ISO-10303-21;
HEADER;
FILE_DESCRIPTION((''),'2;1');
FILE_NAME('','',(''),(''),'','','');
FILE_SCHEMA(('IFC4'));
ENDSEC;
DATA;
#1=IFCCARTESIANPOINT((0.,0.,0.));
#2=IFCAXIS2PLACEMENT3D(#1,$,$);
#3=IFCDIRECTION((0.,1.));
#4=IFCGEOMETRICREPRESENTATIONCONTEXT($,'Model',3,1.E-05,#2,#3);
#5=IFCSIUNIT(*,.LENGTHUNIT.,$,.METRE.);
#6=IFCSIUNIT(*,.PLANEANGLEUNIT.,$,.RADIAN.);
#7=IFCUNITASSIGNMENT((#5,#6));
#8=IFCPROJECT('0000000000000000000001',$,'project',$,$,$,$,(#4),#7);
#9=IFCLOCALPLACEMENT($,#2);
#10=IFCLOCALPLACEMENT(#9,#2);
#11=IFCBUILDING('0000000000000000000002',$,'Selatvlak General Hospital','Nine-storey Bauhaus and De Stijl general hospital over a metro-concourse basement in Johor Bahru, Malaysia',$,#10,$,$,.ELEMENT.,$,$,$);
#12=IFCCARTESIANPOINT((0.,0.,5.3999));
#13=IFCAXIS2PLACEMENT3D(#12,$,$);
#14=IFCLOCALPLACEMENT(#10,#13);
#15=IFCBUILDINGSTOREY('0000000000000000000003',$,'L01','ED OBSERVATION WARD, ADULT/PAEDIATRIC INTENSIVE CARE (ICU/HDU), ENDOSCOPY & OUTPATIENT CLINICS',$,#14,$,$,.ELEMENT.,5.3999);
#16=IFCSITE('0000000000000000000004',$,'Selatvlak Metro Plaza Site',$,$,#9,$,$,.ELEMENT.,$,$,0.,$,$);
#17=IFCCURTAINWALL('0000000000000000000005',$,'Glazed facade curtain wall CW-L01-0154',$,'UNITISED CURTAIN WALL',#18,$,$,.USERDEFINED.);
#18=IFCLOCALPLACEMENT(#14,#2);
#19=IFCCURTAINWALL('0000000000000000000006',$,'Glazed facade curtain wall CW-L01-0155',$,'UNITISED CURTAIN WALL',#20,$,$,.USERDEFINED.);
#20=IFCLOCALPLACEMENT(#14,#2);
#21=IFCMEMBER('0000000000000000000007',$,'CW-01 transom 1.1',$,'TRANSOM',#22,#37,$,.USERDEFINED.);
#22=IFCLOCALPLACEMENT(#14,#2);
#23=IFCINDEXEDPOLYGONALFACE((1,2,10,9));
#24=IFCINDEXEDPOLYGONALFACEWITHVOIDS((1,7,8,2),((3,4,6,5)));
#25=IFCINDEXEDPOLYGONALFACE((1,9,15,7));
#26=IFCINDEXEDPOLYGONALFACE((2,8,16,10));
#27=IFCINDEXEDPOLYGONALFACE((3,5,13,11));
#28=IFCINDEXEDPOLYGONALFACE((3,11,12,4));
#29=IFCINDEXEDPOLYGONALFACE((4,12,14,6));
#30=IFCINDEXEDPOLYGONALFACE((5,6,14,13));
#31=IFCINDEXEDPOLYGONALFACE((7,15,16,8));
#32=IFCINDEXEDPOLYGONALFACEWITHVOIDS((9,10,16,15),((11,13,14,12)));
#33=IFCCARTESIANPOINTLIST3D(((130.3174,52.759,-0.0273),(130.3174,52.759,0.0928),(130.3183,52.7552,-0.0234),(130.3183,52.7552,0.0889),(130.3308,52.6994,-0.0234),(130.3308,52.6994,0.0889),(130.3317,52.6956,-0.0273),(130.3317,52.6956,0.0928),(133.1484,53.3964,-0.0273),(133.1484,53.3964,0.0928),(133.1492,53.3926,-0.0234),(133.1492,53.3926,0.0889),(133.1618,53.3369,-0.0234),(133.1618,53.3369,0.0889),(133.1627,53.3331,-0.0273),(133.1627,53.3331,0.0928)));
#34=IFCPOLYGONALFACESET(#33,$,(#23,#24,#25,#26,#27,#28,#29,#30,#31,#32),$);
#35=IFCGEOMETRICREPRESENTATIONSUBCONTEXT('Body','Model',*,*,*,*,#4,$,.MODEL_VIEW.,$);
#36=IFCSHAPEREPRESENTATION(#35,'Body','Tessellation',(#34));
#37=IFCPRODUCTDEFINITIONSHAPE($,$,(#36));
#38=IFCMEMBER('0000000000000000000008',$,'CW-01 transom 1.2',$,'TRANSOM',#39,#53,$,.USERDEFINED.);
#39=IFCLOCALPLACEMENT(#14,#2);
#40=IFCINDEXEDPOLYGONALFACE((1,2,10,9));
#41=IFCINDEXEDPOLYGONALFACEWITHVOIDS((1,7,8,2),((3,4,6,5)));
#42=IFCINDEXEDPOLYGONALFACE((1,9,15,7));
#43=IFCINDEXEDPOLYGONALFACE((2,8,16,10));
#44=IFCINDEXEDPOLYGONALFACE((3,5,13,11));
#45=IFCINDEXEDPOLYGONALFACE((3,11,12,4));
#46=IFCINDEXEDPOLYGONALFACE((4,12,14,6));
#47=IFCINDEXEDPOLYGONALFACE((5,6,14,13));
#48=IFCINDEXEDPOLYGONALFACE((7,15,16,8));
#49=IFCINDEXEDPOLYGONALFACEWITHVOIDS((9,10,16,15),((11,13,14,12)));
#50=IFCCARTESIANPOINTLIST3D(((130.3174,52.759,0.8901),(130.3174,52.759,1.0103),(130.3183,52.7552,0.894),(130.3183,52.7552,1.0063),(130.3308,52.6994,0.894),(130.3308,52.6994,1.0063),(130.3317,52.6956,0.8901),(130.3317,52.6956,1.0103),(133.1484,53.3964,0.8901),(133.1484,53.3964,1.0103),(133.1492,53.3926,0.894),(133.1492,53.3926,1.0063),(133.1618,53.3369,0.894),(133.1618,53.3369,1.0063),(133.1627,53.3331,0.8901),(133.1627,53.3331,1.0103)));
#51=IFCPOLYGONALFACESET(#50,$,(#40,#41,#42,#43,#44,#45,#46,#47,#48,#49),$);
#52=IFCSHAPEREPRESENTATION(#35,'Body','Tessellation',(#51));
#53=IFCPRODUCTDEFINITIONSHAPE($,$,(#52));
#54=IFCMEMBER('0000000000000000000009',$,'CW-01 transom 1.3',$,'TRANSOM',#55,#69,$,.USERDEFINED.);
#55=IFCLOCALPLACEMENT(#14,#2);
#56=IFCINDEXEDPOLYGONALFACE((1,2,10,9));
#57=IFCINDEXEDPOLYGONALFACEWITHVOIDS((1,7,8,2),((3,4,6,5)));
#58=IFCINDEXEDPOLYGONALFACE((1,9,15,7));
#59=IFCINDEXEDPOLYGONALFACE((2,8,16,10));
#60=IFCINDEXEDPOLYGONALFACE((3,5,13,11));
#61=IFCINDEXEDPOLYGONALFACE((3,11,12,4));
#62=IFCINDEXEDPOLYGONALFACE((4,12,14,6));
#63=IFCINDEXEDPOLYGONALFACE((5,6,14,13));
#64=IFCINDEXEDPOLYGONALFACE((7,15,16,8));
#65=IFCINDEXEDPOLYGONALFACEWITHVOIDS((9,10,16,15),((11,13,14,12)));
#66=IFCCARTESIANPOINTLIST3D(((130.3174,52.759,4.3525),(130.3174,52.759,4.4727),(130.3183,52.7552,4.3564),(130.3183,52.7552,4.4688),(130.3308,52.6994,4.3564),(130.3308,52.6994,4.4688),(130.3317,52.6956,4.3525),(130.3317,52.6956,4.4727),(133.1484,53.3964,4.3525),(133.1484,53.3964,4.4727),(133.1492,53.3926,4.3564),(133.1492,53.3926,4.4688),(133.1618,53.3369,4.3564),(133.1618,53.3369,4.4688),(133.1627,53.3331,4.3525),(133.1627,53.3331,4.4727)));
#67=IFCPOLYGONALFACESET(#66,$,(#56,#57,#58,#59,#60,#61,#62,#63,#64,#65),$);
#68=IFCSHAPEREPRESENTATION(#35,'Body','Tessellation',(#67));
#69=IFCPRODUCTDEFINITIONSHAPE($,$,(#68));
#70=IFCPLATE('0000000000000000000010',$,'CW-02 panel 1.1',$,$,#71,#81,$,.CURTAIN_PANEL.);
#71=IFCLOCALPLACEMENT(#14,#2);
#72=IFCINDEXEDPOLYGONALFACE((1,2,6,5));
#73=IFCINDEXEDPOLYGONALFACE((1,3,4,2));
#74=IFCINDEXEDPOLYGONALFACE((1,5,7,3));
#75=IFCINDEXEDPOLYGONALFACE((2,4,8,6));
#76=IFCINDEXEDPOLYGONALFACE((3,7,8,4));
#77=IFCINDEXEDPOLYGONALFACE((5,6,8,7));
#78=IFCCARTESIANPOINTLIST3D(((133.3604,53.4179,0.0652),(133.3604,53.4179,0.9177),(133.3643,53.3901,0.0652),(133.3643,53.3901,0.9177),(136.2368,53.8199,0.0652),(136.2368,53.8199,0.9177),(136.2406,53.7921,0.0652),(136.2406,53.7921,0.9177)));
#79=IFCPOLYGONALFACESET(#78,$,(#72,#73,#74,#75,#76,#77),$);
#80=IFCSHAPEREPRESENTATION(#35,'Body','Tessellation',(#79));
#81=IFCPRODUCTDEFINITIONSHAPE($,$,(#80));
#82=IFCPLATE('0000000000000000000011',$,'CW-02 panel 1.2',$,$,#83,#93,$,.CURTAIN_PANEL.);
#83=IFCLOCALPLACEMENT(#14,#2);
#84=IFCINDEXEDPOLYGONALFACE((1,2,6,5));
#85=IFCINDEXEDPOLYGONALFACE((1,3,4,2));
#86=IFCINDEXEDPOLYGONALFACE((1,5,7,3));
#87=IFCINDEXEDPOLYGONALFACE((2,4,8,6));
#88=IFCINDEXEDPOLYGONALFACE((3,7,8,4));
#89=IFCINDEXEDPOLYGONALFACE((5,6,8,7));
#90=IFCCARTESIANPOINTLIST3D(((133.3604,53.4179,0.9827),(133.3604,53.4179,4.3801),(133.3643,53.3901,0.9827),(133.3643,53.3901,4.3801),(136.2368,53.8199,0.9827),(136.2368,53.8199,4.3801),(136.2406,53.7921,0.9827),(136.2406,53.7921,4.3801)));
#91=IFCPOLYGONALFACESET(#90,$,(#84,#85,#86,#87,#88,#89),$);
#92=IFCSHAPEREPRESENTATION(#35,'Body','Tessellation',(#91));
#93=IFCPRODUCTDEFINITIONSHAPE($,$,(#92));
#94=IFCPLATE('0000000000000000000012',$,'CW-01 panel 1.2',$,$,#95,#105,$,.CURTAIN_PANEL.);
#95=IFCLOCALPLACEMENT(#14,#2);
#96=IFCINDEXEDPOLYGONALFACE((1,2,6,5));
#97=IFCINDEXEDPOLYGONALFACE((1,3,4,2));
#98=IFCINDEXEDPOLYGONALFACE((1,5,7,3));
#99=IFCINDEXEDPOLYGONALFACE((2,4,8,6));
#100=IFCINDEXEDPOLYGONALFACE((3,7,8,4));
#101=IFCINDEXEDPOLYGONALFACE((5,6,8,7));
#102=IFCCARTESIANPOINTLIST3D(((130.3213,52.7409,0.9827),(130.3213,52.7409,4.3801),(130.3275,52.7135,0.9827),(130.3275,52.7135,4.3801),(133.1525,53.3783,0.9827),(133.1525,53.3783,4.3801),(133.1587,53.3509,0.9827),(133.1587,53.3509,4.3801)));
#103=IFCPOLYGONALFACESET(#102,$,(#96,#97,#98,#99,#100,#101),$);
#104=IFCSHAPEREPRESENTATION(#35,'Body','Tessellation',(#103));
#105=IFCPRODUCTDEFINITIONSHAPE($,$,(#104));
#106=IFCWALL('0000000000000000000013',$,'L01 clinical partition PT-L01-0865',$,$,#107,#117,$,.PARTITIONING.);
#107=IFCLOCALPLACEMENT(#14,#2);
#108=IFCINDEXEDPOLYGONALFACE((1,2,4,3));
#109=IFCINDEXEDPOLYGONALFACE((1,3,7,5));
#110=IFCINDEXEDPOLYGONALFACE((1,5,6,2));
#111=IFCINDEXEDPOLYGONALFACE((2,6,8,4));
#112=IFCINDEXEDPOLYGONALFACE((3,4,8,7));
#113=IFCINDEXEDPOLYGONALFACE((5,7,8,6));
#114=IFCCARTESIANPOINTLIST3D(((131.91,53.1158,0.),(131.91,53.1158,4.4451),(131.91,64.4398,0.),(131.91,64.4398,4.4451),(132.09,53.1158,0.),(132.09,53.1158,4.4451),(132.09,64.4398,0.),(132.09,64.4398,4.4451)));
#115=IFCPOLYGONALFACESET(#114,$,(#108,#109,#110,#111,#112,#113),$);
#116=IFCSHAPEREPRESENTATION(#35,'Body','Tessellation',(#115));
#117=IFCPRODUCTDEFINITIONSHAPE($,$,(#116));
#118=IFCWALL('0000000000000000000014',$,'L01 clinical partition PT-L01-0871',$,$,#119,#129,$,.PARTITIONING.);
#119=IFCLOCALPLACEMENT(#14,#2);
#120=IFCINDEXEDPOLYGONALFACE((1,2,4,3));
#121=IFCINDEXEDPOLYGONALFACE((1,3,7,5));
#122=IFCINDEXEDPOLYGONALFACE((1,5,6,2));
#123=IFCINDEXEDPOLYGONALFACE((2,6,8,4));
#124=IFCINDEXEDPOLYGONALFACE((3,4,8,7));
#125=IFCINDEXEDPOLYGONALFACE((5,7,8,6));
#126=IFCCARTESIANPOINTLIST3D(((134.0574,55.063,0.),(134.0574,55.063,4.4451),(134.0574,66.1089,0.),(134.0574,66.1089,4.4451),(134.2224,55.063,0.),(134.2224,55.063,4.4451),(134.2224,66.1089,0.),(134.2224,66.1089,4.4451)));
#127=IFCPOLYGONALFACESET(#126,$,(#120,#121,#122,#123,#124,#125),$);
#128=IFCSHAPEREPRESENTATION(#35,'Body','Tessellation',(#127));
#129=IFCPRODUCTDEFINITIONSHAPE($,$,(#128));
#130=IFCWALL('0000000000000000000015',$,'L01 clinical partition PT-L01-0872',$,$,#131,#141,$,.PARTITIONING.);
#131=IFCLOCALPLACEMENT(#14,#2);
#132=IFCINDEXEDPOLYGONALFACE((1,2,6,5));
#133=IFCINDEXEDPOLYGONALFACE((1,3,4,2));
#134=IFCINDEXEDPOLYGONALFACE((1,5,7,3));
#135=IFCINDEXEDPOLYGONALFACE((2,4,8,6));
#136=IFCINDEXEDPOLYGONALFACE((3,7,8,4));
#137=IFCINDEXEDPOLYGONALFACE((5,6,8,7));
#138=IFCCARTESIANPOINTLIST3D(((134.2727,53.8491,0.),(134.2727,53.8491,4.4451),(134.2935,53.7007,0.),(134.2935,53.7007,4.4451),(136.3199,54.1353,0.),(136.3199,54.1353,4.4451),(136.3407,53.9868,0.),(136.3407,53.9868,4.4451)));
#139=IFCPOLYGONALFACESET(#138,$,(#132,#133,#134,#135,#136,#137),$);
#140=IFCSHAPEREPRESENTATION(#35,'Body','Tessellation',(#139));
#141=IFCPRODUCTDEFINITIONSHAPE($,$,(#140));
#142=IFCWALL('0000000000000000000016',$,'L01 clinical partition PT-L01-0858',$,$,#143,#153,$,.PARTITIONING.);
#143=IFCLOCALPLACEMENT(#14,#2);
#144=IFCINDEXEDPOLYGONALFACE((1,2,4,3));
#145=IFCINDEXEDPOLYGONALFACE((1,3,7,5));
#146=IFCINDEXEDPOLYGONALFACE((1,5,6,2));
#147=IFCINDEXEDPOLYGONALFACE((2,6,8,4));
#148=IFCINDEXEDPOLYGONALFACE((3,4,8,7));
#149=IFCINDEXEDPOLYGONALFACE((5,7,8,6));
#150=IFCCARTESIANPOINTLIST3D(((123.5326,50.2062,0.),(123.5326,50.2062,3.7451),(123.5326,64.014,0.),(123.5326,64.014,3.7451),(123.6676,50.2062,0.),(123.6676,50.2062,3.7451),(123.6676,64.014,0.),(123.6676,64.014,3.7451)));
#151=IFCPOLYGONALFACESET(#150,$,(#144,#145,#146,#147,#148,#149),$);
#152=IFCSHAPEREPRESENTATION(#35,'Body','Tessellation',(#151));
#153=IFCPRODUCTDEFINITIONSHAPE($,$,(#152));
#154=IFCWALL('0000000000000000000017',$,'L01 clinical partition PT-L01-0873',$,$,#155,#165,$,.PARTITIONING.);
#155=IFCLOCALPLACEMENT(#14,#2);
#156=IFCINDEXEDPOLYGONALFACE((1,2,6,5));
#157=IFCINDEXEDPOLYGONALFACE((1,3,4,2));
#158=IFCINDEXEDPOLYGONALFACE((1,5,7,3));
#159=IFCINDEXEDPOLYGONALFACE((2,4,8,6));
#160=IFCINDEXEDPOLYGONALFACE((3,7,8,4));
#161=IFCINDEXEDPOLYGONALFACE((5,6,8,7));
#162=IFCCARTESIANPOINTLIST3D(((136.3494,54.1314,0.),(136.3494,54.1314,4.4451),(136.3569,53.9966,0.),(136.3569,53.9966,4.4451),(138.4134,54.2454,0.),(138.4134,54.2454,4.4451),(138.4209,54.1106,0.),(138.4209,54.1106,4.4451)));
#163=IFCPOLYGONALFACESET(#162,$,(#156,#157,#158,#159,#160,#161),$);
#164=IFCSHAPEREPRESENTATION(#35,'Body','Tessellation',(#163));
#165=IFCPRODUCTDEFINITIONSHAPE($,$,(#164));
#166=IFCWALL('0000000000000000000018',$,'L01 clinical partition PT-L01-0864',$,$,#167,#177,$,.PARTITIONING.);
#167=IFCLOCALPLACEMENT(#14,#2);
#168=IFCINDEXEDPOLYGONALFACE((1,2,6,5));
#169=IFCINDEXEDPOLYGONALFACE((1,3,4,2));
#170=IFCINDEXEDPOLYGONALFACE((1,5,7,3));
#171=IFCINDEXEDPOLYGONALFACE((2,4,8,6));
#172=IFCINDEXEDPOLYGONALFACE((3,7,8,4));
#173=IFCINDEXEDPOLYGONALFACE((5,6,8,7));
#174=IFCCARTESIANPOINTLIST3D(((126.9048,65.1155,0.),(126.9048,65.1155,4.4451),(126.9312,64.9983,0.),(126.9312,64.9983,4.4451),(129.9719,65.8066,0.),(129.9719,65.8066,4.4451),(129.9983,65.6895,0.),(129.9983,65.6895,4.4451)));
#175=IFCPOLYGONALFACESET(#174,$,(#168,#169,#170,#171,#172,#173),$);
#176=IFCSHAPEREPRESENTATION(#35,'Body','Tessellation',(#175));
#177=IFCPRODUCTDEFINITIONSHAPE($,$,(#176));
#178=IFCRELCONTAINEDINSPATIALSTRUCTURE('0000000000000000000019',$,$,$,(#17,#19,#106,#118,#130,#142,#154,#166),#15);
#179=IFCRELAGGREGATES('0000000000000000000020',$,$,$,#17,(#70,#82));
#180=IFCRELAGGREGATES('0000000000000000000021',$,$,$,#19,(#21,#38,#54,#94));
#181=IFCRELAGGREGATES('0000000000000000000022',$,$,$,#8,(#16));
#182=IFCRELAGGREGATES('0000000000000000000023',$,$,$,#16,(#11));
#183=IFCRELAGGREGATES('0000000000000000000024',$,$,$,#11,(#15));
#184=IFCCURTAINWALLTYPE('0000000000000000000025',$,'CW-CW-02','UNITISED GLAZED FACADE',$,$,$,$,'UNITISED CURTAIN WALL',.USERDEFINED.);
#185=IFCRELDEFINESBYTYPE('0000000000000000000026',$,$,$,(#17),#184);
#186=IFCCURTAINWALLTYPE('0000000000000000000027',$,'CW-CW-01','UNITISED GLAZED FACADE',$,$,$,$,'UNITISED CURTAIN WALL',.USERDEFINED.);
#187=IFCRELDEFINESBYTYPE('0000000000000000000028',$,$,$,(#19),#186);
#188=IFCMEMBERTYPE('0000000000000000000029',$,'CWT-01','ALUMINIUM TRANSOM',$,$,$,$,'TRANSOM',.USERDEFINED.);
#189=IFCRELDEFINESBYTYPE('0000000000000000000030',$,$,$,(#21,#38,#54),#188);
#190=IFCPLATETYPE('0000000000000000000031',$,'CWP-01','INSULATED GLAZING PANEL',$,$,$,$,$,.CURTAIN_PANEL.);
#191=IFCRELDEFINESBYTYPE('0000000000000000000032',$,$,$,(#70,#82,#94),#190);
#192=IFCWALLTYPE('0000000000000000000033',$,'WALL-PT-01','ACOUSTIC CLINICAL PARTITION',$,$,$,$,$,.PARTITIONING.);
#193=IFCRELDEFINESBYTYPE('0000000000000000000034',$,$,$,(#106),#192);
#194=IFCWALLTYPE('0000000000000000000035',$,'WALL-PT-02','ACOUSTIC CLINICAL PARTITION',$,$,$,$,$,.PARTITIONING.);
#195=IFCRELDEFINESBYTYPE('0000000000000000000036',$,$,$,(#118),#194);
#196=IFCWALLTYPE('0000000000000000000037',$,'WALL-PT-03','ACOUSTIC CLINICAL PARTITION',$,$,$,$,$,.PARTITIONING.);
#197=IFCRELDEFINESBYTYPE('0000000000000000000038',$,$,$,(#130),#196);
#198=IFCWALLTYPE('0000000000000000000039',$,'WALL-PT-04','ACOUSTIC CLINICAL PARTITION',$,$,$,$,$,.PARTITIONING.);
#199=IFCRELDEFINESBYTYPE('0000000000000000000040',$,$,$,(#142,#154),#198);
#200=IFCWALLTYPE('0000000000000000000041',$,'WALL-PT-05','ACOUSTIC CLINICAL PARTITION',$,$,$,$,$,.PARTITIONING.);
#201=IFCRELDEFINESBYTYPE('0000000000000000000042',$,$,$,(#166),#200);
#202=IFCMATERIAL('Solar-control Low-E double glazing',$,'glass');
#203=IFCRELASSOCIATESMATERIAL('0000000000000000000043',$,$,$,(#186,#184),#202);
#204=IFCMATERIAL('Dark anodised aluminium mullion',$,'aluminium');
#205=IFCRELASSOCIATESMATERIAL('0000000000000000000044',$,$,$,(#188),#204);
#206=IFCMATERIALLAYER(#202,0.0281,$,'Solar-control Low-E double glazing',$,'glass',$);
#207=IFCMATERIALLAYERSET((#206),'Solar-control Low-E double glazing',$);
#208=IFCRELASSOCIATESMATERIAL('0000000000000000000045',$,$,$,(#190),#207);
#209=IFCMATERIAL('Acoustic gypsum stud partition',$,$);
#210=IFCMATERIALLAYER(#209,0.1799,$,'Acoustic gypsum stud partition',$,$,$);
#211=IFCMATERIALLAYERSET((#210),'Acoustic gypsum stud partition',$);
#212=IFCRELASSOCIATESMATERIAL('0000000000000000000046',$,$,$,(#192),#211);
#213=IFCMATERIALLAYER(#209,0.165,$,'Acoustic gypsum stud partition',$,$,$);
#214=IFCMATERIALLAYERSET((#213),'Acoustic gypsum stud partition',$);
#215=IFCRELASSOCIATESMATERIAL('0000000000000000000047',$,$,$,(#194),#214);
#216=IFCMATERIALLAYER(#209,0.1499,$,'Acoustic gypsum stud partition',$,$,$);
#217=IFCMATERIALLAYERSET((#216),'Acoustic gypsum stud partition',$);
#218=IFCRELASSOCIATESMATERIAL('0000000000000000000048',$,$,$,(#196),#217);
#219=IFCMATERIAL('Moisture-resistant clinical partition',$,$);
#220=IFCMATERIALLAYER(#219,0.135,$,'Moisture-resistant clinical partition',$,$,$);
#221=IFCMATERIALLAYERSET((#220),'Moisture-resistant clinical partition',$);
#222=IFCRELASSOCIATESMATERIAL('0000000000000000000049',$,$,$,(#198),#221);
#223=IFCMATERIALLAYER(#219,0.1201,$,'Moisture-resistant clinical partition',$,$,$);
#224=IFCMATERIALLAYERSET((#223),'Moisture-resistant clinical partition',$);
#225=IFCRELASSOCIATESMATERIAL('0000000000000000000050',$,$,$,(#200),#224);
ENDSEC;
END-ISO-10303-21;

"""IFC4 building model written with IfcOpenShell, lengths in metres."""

from ifc_helpers import new_model, si_unit, direction, frame, frame_2d, origin, origin_2d, place, context, subcontext, project, spatial, rectangle, hollow_rectangle, extrude, material, layer, layer_set, material_profile, profile_set, type_object, element, aggregate, save


model = new_model("IFC4")

# Units and contexts
model_context = context("Model", 3, precision=1e-05, world=origin(), true_north=direction((0.0, 1.0)))
body_context = subcontext(model_context, "Body", "Model", "MODEL_VIEW")
ifc_project = project(units=[si_unit("LENGTHUNIT", "METRE"), si_unit("PLANEANGLEUNIT", "RADIAN")], contexts=[model_context])

# Site, building, storey
site_placement = place(None, origin())
site = spatial("IfcSite", under=ifc_project, at=site_placement, Name="Selatvlak Metro Plaza Site", CompositionType="ELEMENT", RefElevation=0.0)
building_placement = place(site_placement, origin())
building = spatial("IfcBuilding", under=site, at=building_placement, Name="Selatvlak General Hospital", Description="Nine-storey Bauhaus and De Stijl general hospital over a metro-concourse basement in Johor Bahru, Malaysia", CompositionType="ELEMENT")
storey_placement = place(building_placement, frame((0.0, 0.0, 5.3999)))
storey = spatial("IfcBuildingStorey", under=building, at=storey_placement, Name="L01", Description="ED OBSERVATION WARD, ADULT/PAEDIATRIC INTENSIVE CARE (ICU/HDU), ENDOSCOPY & OUTPATIENT CLINICS", CompositionType="ELEMENT", Elevation=5.3999)

# Shared definitions
ifc_material_1 = material(Name="Solar-control Low-E double glazing", Category="glass")
curtain_wall_type_1 = type_object("IfcCurtainWallType", Name="CW-CW-01", Description="UNITISED GLAZED FACADE", ElementType="UNITISED CURTAIN WALL", PredefinedType="USERDEFINED", material=ifc_material_1)
ifc_material_2 = material(Name="Dark anodised aluminium mullion", Category="aluminium")

# Curtain wall
curtain_wall_type_2 = type_object("IfcCurtainWallType", Name="CW-CW-02", Description="UNITISED GLAZED FACADE", ElementType="UNITISED CURTAIN WALL", PredefinedType="USERDEFINED", material=ifc_material_1)
curtain_wall_1_placement = place(storey_placement, origin())
curtain_wall_1 = element("IfcCurtainWall", 1, at=curtain_wall_1_placement, inside=storey, type_object=curtain_wall_type_2, Name="Glazed facade curtain wall CW-L01-0154", ObjectType="UNITISED CURTAIN WALL", PredefinedType="USERDEFINED")

# Curtain wall
curtain_wall_2_placement = place(storey_placement, origin())
curtain_wall_2 = element("IfcCurtainWall", 2, at=curtain_wall_2_placement, inside=storey, type_object=curtain_wall_type_1, Name="Glazed facade curtain wall CW-L01-0155", ObjectType="UNITISED CURTAIN WALL", PredefinedType="USERDEFINED")

# Members
ifc_material_profile_1 = material_profile(ifc_material_2, hollow_rectangle(XDim=0.0649, YDim=0.1201, WallThickness=0.0039, at=origin_2d()), Name="AL-TRN 65x120x4")
ifc_profile_set_1 = profile_set([ifc_material_profile_1], Name="Dark anodised aluminium mullion")
member_type_1 = type_object("IfcMemberType", Name="CWT-01", Description="ALUMINIUM TRANSOM", ElementType="TRANSOM", PredefinedType="USERDEFINED", material=ifc_profile_set_1)
member_1_placement = place(storey_placement, frame((133.1555, 53.3647, 0.0327), z_axis=(-0.975576, -0.219664, 0.0), x_axis=(0.219664, -0.975576, 0.0)))
member_1 = element("IfcMember", 3, at=member_1_placement, type_object=member_type_1, Name="CW-01 transom 1.1", ObjectType="TRANSOM", PredefinedType="USERDEFINED", context=body_context, shape_type="SweptSolid", body=[
    extrude(hollow_rectangle(XDim=0.0649, YDim=0.1201, WallThickness=0.0039, at=origin_2d()), origin(), (0.0, 0.0, 1.0), 2.9019),
])
member_2_placement = place(storey_placement, frame((133.1555, 53.3647, 0.9502), z_axis=(-0.975576, -0.219664, 0.0), x_axis=(0.219664, -0.975576, 0.0)))
member_2 = element("IfcMember", 4, at=member_2_placement, type_object=member_type_1, Name="CW-01 transom 1.2", ObjectType="TRANSOM", PredefinedType="USERDEFINED", context=body_context, shape_type="SweptSolid", body=[
    extrude(hollow_rectangle(XDim=0.0649, YDim=0.1201, WallThickness=0.0039, at=origin_2d()), origin(), (0.0, 0.0, 1.0), 2.9019),
])
member_3_placement = place(storey_placement, frame((133.1555, 53.3647, 4.4126), z_axis=(-0.975576, -0.219664, 0.0), x_axis=(0.219664, -0.975576, 0.0)))
member_3 = element("IfcMember", 5, at=member_3_placement, type_object=member_type_1, Name="CW-01 transom 1.3", ObjectType="TRANSOM", PredefinedType="USERDEFINED", context=body_context, shape_type="SweptSolid", body=[
    extrude(hollow_rectangle(XDim=0.0649, YDim=0.1201, WallThickness=0.0039, at=origin_2d()), origin(), (0.0, 0.0, 1.0), 2.9019),
])

# Plates
ifc_layer_1 = layer(ifc_material_1, 0.0281, Name="Solar-control Low-E double glazing", Category="glass")
ifc_layer_set_1 = layer_set([ifc_layer_1], Name="Solar-control Low-E double glazing")
plate_type = type_object("IfcPlateType", Name="CWP-01", Description="INSULATED GLAZING PANEL", PredefinedType="CURTAIN_PANEL", material=ifc_layer_set_1)
plate_1_placement = place(storey_placement, frame((134.8005, 53.605, 0.0652), z_axis=(0.0, 0.0, 1.0), x_axis=(-0.990373, -0.138422, 0.0)))
plate_1 = element("IfcPlate", 6, at=plate_1_placement, type_object=plate_type, Name="CW-02 panel 1.1", PredefinedType="CURTAIN_PANEL", context=body_context, shape_type="SweptSolid", body=[
    extrude(rectangle(XDim=2.9043, YDim=0.0281, at=origin_2d()), origin(), (0.0, 0.0, 1.0), 0.8525),
])
plate_2_placement = place(storey_placement, frame((134.8005, 53.605, 0.9827), z_axis=(0.0, 0.0, 1.0), x_axis=(-0.990373, -0.138422, 0.0)))
plate_2 = element("IfcPlate", 7, at=plate_2_placement, type_object=plate_type, Name="CW-02 panel 1.2", PredefinedType="CURTAIN_PANEL", context=body_context, shape_type="SweptSolid", body=[
    extrude(rectangle(XDim=2.9043, YDim=0.0281, at=origin_2d()), origin(), (0.0, 0.0, 1.0), 3.3975),
])
aggregate(curtain_wall_1, [plate_1, plate_2])
plate_3_placement = place(storey_placement, frame((131.74, 53.0459, 0.9827), z_axis=(0.0, 0.0, 1.0), x_axis=(-0.975578, -0.219653, 0.0)))
plate_3 = element("IfcPlate", 8, at=plate_3_placement, type_object=plate_type, Name="CW-01 panel 1.2", PredefinedType="CURTAIN_PANEL", context=body_context, shape_type="SweptSolid", body=[
    extrude(rectangle(XDim=2.9021, YDim=0.0281, at=origin_2d()), origin(), (0.0, 0.0, 1.0), 3.3975),
])
aggregate(curtain_wall_2, [member_1, member_2, member_3, plate_3])

# Walls
ifc_material_3 = material(Name="Acoustic gypsum stud partition")
ifc_layer_2 = layer(ifc_material_3, 0.1799, Name="Acoustic gypsum stud partition")
ifc_layer_set_2 = layer_set([ifc_layer_2], Name="Acoustic gypsum stud partition")
wall_type_1 = type_object("IfcWallType", Name="WALL-PT-01", Description="ACOUSTIC CLINICAL PARTITION", PredefinedType="PARTITIONING", material=ifc_layer_set_2)
wall_1_placement = place(storey_placement, frame((132.0, 64.4399, 0.0), z_axis=(0.0, 0.0, 1.0), x_axis=(0.0, -1.0, 0.0)))
element("IfcWall", 9, at=wall_1_placement, inside=storey, type_object=wall_type_1, Name="L01 clinical partition PT-L01-0865", PredefinedType="PARTITIONING", context=body_context, shape_type="SweptSolid", body=[
    extrude(rectangle(XDim=11.324, YDim=0.1799, at=frame_2d((5.6621, 0.0))), origin(), (0.0, 0.0, 1.0), 4.4451),
])
ifc_layer_3 = layer(ifc_material_3, 0.165, Name="Acoustic gypsum stud partition")
ifc_layer_set_3 = layer_set([ifc_layer_3], Name="Acoustic gypsum stud partition")
wall_type_2 = type_object("IfcWallType", Name="WALL-PT-02", Description="ACOUSTIC CLINICAL PARTITION", PredefinedType="PARTITIONING", material=ifc_layer_set_3)
wall_2_placement = place(storey_placement, frame((134.1399, 66.1089, 0.0), z_axis=(0.0, 0.0, 1.0), x_axis=(0.0, -1.0, 0.0)))
element("IfcWall", 10, at=wall_2_placement, inside=storey, type_object=wall_type_2, Name="L01 clinical partition PT-L01-0871", PredefinedType="PARTITIONING", context=body_context, shape_type="SweptSolid", body=[
    extrude(rectangle(XDim=11.0459, YDim=0.165, at=frame_2d((5.5229, 0.0))), origin(), (0.0, 0.0, 1.0), 4.4451),
])
ifc_layer_4 = layer(ifc_material_3, 0.1499, Name="Acoustic gypsum stud partition")
ifc_layer_set_4 = layer_set([ifc_layer_4], Name="Acoustic gypsum stud partition")
wall_type_3 = type_object("IfcWallType", Name="WALL-PT-03", Description="ACOUSTIC CLINICAL PARTITION", PredefinedType="PARTITIONING", material=ifc_layer_set_4)
wall_3_placement = place(storey_placement, frame((134.283, 53.7749, 0.0), z_axis=(0.0, 0.0, 1.0), x_axis=(0.990373, 0.138428, 0.0)))
element("IfcWall", 11, at=wall_3_placement, inside=storey, type_object=wall_type_3, Name="L01 clinical partition PT-L01-0872", PredefinedType="PARTITIONING", context=body_context, shape_type="SweptSolid", body=[
    extrude(rectangle(XDim=2.0671, YDim=0.1499, at=frame_2d((1.0337, 0.0))), origin(), (0.0, 0.0, 1.0), 4.4451),
])
ifc_material_4 = material(Name="Moisture-resistant clinical partition")
ifc_layer_5 = layer(ifc_material_4, 0.135, Name="Moisture-resistant clinical partition")
ifc_layer_set_5 = layer_set([ifc_layer_5], Name="Moisture-resistant clinical partition")
wall_type_4 = type_object("IfcWallType", Name="WALL-PT-04", Description="ACOUSTIC CLINICAL PARTITION", PredefinedType="PARTITIONING", material=ifc_layer_set_5)
wall_4_placement = place(storey_placement, frame((123.6001, 64.0139, 0.0), z_axis=(0.0, 0.0, 1.0), x_axis=(0.0, -1.0, 0.0)))
element("IfcWall", 12, at=wall_4_placement, inside=storey, type_object=wall_type_4, Name="L01 clinical partition PT-L01-0858", PredefinedType="PARTITIONING", context=body_context, shape_type="SweptSolid", body=[
    extrude(rectangle(XDim=13.8079, YDim=0.135, at=frame_2d((6.9038, 0.0))), origin(), (0.0, 0.0, 1.0), 3.7451),
])

# Walls
wall_5_placement = place(storey_placement, frame((136.353, 54.064, 0.0), z_axis=(0.0, 0.0, 1.0), x_axis=(0.998478, 0.055156, 0.0)))
element("IfcWall", 13, at=wall_5_placement, inside=storey, type_object=wall_type_4, Name="L01 clinical partition PT-L01-0873", PredefinedType="PARTITIONING", context=body_context, shape_type="SweptSolid", body=[
    extrude(rectangle(XDim=2.0671, YDim=0.135, at=frame_2d((1.0337, 0.0))), origin(), (0.0, 0.0, 1.0), 4.4451),
])
ifc_layer_6 = layer(ifc_material_4, 0.1201, Name="Moisture-resistant clinical partition")
ifc_layer_set_6 = layer_set([ifc_layer_6], Name="Moisture-resistant clinical partition")
wall_type_5 = type_object("IfcWallType", Name="WALL-PT-05", Description="ACOUSTIC CLINICAL PARTITION", PredefinedType="PARTITIONING", material=ifc_layer_set_6)
wall_6_placement = place(storey_placement, frame((126.918, 65.0569, 0.0), z_axis=(0.0, 0.0, 1.0), x_axis=(0.975538, 0.219832, 0.0)))
element("IfcWall", 14, at=wall_6_placement, inside=storey, type_object=wall_type_5, Name="L01 clinical partition PT-L01-0864", PredefinedType="PARTITIONING", context=body_context, shape_type="SweptSolid", body=[
    extrude(rectangle(XDim=3.144, YDim=0.1201, at=frame_2d((1.572, 0.0))), origin(), (0.0, 0.0, 1.0), 4.4451),
])

save(model, "model.ifc")
